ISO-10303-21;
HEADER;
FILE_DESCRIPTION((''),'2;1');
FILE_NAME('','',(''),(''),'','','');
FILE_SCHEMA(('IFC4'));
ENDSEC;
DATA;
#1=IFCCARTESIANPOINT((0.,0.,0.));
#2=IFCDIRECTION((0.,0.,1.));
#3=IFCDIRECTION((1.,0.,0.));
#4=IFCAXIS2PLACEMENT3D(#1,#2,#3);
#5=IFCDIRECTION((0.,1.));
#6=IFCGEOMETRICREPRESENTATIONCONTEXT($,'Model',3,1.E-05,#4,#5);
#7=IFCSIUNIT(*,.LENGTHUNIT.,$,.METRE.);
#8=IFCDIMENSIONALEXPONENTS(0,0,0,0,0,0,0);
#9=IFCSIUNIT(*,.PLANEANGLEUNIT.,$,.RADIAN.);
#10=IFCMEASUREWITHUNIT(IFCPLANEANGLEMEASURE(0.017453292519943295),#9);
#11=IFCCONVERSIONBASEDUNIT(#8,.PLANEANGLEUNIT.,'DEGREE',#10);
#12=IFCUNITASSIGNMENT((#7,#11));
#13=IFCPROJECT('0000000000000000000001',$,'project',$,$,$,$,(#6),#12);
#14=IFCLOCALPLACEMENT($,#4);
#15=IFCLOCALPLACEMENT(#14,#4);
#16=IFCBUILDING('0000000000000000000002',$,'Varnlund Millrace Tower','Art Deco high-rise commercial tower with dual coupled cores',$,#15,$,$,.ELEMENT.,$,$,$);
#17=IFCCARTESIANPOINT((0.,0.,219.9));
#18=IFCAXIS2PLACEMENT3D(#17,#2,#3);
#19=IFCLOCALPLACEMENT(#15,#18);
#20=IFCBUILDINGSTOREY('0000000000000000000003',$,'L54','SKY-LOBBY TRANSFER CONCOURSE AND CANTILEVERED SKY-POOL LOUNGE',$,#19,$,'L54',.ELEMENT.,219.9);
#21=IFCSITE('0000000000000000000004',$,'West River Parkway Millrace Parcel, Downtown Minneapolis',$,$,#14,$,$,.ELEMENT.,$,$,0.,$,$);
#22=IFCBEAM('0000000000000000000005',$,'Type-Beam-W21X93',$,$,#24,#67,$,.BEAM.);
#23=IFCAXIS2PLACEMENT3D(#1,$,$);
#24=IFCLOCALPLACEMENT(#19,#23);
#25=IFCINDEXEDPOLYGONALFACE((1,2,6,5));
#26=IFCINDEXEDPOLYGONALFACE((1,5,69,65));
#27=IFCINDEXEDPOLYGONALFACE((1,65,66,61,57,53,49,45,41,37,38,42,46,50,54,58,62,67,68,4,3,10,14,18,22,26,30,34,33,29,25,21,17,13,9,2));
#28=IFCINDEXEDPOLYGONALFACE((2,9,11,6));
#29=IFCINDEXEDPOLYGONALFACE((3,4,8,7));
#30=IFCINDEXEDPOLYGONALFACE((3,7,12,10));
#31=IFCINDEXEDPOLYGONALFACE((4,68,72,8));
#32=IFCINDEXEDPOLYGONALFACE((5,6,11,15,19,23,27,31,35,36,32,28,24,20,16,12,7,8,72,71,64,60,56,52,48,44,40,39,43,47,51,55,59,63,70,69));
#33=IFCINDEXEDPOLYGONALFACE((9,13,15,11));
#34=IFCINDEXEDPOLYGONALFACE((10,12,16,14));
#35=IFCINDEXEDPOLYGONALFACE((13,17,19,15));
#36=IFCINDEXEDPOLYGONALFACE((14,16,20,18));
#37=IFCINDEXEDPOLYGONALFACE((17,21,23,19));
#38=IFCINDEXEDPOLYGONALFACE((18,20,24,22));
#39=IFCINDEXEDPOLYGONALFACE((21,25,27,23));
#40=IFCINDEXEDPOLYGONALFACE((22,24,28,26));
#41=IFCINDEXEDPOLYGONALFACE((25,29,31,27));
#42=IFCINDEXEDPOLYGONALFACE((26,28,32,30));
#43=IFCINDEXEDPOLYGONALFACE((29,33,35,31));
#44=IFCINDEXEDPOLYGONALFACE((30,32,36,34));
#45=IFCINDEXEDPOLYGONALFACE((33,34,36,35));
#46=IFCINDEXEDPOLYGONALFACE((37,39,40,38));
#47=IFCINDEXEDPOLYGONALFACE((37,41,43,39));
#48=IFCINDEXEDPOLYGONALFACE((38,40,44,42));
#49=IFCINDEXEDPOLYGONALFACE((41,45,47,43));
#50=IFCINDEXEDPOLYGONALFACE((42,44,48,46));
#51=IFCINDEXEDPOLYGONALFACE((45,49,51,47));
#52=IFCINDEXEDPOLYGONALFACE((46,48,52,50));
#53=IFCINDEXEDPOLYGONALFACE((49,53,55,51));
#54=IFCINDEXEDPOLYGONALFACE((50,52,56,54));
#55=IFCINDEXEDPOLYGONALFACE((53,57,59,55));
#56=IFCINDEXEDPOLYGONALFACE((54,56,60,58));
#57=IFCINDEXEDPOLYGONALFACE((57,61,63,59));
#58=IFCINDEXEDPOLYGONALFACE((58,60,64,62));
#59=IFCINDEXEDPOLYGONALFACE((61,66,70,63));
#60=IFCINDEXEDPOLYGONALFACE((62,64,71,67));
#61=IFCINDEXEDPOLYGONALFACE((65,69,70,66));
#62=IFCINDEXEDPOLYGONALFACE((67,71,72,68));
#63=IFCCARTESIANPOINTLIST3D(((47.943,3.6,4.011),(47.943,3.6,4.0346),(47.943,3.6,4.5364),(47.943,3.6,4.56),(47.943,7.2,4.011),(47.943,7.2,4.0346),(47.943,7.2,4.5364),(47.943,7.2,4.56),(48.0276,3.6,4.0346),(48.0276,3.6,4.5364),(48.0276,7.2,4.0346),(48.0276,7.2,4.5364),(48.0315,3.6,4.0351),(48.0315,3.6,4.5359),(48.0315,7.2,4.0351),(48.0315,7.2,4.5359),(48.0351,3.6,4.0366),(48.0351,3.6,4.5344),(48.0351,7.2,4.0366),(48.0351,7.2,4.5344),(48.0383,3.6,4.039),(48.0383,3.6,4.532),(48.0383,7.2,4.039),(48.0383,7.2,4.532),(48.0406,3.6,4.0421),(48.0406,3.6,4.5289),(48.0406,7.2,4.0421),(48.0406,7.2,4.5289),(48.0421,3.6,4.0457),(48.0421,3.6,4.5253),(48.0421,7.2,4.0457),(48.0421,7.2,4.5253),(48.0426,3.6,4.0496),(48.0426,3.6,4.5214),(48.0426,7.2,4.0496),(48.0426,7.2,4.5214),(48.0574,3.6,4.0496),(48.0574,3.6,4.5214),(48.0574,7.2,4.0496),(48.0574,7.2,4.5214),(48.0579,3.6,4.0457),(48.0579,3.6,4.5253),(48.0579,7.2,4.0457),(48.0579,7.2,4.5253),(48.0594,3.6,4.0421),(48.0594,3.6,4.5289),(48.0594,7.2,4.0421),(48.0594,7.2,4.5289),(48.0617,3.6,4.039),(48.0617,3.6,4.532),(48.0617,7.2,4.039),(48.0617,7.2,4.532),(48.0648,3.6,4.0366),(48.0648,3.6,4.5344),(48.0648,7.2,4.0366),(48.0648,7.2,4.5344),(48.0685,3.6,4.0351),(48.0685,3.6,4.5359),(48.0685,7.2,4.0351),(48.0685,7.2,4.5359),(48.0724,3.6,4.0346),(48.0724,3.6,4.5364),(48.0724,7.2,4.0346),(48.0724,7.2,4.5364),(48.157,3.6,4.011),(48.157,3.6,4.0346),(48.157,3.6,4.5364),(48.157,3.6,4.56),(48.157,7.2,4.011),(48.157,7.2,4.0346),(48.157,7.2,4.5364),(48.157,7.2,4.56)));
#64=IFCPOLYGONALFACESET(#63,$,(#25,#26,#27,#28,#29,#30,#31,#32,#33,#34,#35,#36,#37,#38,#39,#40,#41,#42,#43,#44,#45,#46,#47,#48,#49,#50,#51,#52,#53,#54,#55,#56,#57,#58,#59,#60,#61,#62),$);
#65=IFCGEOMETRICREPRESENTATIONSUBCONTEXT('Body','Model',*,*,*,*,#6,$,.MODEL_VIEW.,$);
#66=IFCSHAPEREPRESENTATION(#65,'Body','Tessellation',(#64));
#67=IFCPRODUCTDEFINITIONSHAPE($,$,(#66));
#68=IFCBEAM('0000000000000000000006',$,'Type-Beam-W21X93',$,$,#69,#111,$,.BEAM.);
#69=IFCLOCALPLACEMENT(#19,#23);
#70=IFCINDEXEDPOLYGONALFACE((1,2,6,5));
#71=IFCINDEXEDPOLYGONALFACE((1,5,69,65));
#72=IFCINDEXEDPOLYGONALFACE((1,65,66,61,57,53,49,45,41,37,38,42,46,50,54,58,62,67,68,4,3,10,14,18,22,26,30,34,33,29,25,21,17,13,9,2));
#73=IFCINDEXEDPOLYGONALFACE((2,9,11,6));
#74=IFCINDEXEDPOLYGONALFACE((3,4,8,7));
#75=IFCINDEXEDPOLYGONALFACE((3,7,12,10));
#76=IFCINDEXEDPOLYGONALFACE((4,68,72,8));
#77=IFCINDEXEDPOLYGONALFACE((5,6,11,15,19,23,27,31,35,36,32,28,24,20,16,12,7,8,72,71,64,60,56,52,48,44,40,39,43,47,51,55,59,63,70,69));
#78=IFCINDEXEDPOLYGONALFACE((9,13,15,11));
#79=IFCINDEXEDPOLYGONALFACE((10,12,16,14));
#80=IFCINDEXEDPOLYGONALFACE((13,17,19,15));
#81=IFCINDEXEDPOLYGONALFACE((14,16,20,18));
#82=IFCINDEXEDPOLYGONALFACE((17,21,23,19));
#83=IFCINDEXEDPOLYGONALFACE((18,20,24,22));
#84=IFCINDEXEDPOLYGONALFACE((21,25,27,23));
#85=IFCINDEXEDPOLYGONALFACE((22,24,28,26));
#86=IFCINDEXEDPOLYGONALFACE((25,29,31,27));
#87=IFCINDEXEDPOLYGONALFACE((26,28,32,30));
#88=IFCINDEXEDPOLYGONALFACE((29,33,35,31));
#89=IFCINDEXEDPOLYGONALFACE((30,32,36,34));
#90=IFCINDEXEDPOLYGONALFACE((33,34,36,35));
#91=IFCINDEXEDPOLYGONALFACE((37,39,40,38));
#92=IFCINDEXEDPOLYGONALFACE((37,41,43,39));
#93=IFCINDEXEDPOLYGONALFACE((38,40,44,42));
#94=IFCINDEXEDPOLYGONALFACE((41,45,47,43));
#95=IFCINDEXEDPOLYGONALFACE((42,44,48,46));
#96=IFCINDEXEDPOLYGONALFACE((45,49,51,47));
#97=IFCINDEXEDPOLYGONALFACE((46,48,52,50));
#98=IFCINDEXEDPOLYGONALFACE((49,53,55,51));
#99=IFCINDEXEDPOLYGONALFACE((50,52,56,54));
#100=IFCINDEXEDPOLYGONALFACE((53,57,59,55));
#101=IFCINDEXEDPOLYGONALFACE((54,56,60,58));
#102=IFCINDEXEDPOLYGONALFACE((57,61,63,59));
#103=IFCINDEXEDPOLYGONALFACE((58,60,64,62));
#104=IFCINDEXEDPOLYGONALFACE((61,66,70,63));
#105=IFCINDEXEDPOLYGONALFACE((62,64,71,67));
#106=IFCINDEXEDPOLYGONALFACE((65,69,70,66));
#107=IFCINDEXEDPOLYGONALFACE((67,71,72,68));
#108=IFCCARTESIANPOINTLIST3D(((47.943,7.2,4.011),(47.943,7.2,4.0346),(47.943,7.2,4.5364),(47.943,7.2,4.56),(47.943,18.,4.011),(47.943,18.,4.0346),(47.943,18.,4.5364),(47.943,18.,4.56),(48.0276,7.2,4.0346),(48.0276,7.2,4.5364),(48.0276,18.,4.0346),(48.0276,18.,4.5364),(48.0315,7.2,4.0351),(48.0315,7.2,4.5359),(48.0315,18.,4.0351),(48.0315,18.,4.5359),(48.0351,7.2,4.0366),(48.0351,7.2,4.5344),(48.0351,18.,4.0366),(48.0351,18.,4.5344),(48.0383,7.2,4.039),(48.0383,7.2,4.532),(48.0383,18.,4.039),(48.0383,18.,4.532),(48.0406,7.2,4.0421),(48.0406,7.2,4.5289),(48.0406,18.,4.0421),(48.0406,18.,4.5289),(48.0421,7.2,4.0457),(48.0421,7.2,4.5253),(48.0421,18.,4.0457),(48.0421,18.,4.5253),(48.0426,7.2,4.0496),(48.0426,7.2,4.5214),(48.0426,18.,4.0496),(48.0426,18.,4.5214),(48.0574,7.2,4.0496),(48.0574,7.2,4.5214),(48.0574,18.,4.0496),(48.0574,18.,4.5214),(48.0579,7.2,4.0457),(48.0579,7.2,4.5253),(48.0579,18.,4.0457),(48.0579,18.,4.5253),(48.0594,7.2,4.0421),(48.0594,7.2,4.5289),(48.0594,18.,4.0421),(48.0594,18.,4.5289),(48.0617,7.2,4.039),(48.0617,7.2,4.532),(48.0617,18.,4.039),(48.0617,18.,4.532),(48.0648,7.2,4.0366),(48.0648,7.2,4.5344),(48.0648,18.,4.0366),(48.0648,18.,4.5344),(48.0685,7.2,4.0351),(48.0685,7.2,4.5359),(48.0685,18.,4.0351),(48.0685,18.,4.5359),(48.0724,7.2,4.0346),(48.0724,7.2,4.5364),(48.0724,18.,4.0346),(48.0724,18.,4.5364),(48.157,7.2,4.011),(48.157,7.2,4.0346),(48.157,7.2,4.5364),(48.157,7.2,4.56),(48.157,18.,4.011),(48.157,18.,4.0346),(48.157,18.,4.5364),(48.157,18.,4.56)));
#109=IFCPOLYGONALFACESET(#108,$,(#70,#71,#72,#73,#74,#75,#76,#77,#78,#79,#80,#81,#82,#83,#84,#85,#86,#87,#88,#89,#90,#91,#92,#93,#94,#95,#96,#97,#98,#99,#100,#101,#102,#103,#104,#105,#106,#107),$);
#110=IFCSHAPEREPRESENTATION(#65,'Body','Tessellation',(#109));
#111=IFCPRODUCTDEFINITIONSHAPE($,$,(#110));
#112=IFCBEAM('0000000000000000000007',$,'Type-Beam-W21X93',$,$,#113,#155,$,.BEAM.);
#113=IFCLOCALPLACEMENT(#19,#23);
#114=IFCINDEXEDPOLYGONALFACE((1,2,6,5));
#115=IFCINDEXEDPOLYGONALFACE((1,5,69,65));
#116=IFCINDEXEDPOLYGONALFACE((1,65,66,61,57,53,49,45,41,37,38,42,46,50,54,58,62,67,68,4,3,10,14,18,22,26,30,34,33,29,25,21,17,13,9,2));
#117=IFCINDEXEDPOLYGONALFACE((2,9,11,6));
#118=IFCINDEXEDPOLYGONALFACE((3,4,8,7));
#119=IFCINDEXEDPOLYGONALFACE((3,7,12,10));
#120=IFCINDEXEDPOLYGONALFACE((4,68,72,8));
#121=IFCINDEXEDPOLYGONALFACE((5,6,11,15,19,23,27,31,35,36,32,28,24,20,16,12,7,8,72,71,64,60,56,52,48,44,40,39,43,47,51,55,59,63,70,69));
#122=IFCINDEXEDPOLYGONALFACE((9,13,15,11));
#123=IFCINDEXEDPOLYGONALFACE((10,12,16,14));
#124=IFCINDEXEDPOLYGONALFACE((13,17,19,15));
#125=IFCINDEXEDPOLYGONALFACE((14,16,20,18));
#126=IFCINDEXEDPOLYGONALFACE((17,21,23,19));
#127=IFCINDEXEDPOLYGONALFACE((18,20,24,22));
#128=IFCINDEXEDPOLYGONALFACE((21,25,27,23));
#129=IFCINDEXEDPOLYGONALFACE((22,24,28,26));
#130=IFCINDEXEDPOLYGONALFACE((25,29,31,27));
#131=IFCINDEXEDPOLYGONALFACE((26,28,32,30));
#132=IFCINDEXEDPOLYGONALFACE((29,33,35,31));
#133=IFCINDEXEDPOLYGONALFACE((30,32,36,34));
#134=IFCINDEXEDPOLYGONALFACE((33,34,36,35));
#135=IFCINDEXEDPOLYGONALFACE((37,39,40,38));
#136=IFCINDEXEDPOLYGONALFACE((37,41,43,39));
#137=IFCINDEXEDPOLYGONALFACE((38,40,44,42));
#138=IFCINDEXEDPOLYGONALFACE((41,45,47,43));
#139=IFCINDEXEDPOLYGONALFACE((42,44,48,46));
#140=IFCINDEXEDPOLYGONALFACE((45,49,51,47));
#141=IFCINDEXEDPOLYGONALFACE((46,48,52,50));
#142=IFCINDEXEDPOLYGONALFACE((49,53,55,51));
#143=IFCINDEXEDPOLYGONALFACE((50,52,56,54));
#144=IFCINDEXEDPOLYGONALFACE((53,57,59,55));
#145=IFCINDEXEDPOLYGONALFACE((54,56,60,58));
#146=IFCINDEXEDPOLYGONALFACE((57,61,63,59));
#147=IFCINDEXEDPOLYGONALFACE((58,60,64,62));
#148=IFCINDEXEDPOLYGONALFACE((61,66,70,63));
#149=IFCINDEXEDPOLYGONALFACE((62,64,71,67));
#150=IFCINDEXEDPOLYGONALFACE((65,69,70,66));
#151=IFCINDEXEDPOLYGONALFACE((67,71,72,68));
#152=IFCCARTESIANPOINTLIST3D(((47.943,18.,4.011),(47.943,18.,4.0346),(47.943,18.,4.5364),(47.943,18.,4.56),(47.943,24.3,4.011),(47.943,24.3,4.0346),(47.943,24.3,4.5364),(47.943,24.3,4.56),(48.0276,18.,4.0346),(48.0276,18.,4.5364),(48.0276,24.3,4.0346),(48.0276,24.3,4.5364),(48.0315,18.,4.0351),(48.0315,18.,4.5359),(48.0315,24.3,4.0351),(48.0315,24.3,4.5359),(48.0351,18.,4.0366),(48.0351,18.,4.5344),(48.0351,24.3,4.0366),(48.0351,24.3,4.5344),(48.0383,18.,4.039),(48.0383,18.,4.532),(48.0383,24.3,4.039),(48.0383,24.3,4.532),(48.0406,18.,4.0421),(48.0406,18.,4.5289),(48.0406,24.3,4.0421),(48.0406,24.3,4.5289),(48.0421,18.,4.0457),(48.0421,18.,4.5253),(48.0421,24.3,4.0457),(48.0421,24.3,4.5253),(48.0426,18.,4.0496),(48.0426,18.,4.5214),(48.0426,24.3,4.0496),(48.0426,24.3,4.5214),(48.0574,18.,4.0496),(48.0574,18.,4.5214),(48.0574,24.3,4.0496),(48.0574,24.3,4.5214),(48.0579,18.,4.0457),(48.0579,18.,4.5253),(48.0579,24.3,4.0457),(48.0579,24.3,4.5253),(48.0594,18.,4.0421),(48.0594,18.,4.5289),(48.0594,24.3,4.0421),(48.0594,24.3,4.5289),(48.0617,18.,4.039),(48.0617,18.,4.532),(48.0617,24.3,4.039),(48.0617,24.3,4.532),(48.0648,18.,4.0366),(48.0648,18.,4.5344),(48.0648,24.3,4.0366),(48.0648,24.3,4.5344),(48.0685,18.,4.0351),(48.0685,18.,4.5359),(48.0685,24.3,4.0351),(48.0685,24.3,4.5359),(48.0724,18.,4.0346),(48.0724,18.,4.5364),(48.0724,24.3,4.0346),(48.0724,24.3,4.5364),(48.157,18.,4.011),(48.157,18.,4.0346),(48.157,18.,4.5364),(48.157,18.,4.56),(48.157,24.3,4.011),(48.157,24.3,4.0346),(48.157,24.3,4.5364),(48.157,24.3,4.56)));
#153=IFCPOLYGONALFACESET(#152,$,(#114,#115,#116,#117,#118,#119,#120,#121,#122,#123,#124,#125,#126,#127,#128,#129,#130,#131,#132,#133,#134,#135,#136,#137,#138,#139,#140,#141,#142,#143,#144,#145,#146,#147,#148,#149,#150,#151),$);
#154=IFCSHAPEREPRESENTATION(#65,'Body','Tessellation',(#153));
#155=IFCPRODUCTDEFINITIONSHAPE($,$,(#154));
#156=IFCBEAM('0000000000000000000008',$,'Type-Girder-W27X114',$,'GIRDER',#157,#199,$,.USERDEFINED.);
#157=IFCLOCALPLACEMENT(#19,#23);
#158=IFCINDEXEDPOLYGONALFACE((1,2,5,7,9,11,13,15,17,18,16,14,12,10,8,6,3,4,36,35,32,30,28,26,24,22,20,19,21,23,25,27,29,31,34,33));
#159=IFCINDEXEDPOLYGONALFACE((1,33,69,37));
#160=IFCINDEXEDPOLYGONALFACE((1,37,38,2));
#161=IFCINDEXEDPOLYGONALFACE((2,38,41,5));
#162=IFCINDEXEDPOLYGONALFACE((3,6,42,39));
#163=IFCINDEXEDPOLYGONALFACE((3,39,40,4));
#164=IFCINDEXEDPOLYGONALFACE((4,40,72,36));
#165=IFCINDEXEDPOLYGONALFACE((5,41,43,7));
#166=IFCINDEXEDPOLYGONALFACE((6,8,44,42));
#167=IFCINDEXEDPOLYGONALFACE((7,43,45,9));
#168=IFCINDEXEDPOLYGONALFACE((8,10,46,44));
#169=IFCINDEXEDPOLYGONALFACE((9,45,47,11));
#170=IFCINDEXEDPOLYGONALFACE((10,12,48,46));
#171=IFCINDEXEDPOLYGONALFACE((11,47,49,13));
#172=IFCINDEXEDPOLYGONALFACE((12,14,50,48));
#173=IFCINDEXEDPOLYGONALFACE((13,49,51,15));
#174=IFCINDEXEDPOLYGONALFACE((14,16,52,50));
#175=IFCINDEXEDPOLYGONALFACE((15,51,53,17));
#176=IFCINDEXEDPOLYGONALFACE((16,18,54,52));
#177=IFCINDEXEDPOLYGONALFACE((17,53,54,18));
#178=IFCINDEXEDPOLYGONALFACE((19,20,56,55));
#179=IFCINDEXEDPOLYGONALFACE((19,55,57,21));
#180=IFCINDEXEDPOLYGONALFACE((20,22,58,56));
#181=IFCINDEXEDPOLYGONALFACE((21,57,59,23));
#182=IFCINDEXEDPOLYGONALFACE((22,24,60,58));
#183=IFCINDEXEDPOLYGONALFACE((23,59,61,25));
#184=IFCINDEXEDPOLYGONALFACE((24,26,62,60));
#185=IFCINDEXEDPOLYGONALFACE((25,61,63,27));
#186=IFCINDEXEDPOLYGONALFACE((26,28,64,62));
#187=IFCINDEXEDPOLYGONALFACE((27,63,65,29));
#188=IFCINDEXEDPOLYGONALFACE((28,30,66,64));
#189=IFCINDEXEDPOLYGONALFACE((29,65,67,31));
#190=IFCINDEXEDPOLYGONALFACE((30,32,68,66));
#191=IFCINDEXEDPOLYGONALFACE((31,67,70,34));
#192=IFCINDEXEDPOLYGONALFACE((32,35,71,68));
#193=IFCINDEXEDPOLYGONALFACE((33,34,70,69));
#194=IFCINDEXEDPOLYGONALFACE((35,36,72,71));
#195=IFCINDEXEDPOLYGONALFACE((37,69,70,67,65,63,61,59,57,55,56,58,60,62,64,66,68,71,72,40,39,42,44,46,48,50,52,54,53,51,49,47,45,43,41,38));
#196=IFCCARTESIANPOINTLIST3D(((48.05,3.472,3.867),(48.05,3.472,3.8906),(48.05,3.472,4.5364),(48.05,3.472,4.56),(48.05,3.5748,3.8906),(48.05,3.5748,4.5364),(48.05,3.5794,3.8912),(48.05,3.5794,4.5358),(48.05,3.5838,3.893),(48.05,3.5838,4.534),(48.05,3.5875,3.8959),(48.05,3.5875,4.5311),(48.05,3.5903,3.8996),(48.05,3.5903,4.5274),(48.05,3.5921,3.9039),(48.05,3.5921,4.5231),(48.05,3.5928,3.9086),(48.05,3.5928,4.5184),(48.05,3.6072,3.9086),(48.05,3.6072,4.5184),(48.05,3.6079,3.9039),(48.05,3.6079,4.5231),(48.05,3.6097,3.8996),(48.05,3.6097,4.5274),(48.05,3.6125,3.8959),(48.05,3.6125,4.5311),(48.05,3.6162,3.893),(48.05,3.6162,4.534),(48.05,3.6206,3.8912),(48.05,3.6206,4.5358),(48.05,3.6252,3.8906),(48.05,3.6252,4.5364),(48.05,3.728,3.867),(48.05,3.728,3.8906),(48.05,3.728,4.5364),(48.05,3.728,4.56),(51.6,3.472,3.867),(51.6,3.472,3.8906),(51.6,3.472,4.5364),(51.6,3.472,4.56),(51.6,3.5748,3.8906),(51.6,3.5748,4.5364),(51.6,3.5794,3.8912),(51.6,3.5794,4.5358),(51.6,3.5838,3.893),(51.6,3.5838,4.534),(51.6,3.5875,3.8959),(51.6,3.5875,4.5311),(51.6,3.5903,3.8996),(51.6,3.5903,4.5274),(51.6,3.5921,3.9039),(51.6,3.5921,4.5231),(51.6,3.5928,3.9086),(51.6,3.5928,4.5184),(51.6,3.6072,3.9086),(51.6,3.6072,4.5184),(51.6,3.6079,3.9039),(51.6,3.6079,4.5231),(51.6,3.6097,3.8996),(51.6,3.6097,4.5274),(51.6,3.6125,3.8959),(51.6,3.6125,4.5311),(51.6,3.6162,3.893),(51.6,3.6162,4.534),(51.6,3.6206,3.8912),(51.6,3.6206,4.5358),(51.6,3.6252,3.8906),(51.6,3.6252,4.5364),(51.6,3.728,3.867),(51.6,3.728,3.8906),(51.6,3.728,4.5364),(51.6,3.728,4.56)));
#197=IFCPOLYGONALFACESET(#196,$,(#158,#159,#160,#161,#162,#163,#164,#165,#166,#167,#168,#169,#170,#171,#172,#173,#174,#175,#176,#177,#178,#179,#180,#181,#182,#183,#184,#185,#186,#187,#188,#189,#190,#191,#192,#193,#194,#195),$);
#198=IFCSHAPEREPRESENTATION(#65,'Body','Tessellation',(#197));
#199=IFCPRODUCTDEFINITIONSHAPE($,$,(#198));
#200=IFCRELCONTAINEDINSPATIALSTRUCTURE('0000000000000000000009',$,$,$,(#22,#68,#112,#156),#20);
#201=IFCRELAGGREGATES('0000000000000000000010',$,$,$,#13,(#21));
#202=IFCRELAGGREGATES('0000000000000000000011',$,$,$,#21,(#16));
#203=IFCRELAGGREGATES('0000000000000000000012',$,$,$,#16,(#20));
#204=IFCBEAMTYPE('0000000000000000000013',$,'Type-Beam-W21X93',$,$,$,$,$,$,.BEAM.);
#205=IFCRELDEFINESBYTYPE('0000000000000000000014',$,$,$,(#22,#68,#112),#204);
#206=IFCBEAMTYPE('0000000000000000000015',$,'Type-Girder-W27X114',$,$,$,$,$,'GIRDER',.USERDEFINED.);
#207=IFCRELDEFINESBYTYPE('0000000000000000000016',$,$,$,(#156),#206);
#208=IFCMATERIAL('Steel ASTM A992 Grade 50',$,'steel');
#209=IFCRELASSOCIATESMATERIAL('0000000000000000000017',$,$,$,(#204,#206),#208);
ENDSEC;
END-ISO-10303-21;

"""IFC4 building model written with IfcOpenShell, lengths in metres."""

from ifc_helpers import new_model, entity, si_unit, converted_unit, direction, frame, origin_with_axes, origin_2d_with_axis, place, context, subcontext, project, spatial, i_section, extrude, material, material_profile, profile_set, type_object, element, save


model = new_model("IFC4")

# Units and contexts
model_context = context("Model", 3, precision=1e-05, world=origin_with_axes(), true_north=direction((0.0, 1.0)))
body_context = subcontext(model_context, "Body", "Model", "MODEL_VIEW")
ifc_project = project(units=[si_unit("LENGTHUNIT", "METRE"), converted_unit("PLANEANGLEUNIT", "DEGREE", entity("IfcPlaneAngleMeasure", 0.017453292519943295), si_unit("PLANEANGLEUNIT", "RADIAN"), dimensions=[0, 0, 0, 0, 0, 0, 0])], contexts=[model_context])

# Site, building, storey
site_placement = place(None, origin_with_axes())
site = spatial("IfcSite", under=ifc_project, at=site_placement, Name="West River Parkway Millrace Parcel, Downtown Minneapolis", CompositionType="ELEMENT", RefElevation=0.0)
building_placement = place(site_placement, origin_with_axes())
building = spatial("IfcBuilding", under=site, at=building_placement, Name="Varnlund Millrace Tower", Description="Art Deco high-rise commercial tower with dual coupled cores", CompositionType="ELEMENT")
storey_placement = place(building_placement, frame((0.0, 0.0, 219.9), z_axis=(0.0, 0.0, 1.0), x_axis=(1.0, 0.0, 0.0)))
storey = spatial("IfcBuildingStorey", under=building, at=storey_placement, Name="L54", Description="SKY-LOBBY TRANSFER CONCOURSE AND CANTILEVERED SKY-POOL LOUNGE", LongName="L54", CompositionType="ELEMENT", Elevation=219.9)

# Beams
ifc_material_1 = material(Name="Steel ASTM A992 Grade 50", Category="steel")
ifc_material_profile_1 = material_profile(ifc_material_1, i_section(OverallWidth=0.214, OverallDepth=0.549, WebThickness=0.0147, FlangeThickness=0.0236, FilletRadius=0.015, at=origin_2d_with_axis()), Name="Steel ASTM A992 Grade 50")
ifc_profile_set_1 = profile_set([ifc_material_profile_1], Name="Steel ASTM A992 Grade 50")
beam_type_1 = type_object("IfcBeamType", Name="Type-Beam-W21X93", PredefinedType="BEAM", material=ifc_profile_set_1)
beam_1_placement = place(storey_placement, frame((48.05, 3.6, 4.2855), z_axis=(0.0, 1.0, 0.0), x_axis=(-1.0, 0.0, 0.0)))
element("IfcBeam", 1, at=beam_1_placement, inside=storey, type_object=beam_type_1, Name="Type-Beam-W21X93", PredefinedType="BEAM", context=body_context, shape_type="SweptSolid", body=[
    extrude(i_section(OverallWidth=0.214, OverallDepth=0.549, WebThickness=0.0147, FlangeThickness=0.0236, FilletRadius=0.015, at=origin_2d_with_axis()), origin_with_axes(), (0.0, 0.0, 1.0), 3.6),
])
beam_2_placement = place(storey_placement, frame((48.05, 7.2, 4.2855), z_axis=(0.0, 1.0, 0.0), x_axis=(-1.0, 0.0, 0.0)))
element("IfcBeam", 2, at=beam_2_placement, inside=storey, type_object=beam_type_1, Name="Type-Beam-W21X93", PredefinedType="BEAM", context=body_context, shape_type="SweptSolid", body=[
    extrude(i_section(OverallWidth=0.214, OverallDepth=0.549, WebThickness=0.0147, FlangeThickness=0.0236, FilletRadius=0.015, at=origin_2d_with_axis()), origin_with_axes(), (0.0, 0.0, 1.0), 10.8),
])
beam_3_placement = place(storey_placement, frame((48.05, 18.0, 4.2855), z_axis=(0.0, 1.0, 0.0), x_axis=(-1.0, 0.0, 0.0)))
element("IfcBeam", 3, at=beam_3_placement, inside=storey, type_object=beam_type_1, Name="Type-Beam-W21X93", PredefinedType="BEAM", context=body_context, shape_type="SweptSolid", body=[
    extrude(i_section(OverallWidth=0.214, OverallDepth=0.549, WebThickness=0.0147, FlangeThickness=0.0236, FilletRadius=0.015, at=origin_2d_with_axis()), origin_with_axes(), (0.0, 0.0, 1.0), 6.3),
])
ifc_material_profile_2 = material_profile(ifc_material_1, i_section(OverallWidth=0.256, OverallDepth=0.693, WebThickness=0.0145, FlangeThickness=0.0236, FilletRadius=0.018, at=origin_2d_with_axis()), Name="Steel ASTM A992 Grade 50")
ifc_profile_set_2 = profile_set([ifc_material_profile_2], Name="Steel ASTM A992 Grade 50")
beam_type_2 = type_object("IfcBeamType", Name="Type-Girder-W27X114", ElementType="GIRDER", PredefinedType="USERDEFINED", material=ifc_profile_set_2)
for number, where, z_axis, x_axis, name in (
    (4, (48.05, 3.6, 4.2135), (1.0, 0.0, 0.0), (0.0, 1.0, 0.0), "Type-Girder-W27X114"),
):
    element("IfcBeam", number, at=place(storey_placement, frame(where, z_axis=z_axis, x_axis=x_axis)), inside=storey, type_object=beam_type_2, Name=name, ObjectType="GIRDER", PredefinedType="USERDEFINED", context=body_context, shape_type="SweptSolid", body=[
        extrude(i_section(OverallWidth=0.256, OverallDepth=0.693, WebThickness=0.0145, FlangeThickness=0.0236, FilletRadius=0.018, at=origin_2d_with_axis()), origin_with_axes(), (0.0, 0.0, 1.0), 3.55),
    ])

save(model, "model.ifc")
